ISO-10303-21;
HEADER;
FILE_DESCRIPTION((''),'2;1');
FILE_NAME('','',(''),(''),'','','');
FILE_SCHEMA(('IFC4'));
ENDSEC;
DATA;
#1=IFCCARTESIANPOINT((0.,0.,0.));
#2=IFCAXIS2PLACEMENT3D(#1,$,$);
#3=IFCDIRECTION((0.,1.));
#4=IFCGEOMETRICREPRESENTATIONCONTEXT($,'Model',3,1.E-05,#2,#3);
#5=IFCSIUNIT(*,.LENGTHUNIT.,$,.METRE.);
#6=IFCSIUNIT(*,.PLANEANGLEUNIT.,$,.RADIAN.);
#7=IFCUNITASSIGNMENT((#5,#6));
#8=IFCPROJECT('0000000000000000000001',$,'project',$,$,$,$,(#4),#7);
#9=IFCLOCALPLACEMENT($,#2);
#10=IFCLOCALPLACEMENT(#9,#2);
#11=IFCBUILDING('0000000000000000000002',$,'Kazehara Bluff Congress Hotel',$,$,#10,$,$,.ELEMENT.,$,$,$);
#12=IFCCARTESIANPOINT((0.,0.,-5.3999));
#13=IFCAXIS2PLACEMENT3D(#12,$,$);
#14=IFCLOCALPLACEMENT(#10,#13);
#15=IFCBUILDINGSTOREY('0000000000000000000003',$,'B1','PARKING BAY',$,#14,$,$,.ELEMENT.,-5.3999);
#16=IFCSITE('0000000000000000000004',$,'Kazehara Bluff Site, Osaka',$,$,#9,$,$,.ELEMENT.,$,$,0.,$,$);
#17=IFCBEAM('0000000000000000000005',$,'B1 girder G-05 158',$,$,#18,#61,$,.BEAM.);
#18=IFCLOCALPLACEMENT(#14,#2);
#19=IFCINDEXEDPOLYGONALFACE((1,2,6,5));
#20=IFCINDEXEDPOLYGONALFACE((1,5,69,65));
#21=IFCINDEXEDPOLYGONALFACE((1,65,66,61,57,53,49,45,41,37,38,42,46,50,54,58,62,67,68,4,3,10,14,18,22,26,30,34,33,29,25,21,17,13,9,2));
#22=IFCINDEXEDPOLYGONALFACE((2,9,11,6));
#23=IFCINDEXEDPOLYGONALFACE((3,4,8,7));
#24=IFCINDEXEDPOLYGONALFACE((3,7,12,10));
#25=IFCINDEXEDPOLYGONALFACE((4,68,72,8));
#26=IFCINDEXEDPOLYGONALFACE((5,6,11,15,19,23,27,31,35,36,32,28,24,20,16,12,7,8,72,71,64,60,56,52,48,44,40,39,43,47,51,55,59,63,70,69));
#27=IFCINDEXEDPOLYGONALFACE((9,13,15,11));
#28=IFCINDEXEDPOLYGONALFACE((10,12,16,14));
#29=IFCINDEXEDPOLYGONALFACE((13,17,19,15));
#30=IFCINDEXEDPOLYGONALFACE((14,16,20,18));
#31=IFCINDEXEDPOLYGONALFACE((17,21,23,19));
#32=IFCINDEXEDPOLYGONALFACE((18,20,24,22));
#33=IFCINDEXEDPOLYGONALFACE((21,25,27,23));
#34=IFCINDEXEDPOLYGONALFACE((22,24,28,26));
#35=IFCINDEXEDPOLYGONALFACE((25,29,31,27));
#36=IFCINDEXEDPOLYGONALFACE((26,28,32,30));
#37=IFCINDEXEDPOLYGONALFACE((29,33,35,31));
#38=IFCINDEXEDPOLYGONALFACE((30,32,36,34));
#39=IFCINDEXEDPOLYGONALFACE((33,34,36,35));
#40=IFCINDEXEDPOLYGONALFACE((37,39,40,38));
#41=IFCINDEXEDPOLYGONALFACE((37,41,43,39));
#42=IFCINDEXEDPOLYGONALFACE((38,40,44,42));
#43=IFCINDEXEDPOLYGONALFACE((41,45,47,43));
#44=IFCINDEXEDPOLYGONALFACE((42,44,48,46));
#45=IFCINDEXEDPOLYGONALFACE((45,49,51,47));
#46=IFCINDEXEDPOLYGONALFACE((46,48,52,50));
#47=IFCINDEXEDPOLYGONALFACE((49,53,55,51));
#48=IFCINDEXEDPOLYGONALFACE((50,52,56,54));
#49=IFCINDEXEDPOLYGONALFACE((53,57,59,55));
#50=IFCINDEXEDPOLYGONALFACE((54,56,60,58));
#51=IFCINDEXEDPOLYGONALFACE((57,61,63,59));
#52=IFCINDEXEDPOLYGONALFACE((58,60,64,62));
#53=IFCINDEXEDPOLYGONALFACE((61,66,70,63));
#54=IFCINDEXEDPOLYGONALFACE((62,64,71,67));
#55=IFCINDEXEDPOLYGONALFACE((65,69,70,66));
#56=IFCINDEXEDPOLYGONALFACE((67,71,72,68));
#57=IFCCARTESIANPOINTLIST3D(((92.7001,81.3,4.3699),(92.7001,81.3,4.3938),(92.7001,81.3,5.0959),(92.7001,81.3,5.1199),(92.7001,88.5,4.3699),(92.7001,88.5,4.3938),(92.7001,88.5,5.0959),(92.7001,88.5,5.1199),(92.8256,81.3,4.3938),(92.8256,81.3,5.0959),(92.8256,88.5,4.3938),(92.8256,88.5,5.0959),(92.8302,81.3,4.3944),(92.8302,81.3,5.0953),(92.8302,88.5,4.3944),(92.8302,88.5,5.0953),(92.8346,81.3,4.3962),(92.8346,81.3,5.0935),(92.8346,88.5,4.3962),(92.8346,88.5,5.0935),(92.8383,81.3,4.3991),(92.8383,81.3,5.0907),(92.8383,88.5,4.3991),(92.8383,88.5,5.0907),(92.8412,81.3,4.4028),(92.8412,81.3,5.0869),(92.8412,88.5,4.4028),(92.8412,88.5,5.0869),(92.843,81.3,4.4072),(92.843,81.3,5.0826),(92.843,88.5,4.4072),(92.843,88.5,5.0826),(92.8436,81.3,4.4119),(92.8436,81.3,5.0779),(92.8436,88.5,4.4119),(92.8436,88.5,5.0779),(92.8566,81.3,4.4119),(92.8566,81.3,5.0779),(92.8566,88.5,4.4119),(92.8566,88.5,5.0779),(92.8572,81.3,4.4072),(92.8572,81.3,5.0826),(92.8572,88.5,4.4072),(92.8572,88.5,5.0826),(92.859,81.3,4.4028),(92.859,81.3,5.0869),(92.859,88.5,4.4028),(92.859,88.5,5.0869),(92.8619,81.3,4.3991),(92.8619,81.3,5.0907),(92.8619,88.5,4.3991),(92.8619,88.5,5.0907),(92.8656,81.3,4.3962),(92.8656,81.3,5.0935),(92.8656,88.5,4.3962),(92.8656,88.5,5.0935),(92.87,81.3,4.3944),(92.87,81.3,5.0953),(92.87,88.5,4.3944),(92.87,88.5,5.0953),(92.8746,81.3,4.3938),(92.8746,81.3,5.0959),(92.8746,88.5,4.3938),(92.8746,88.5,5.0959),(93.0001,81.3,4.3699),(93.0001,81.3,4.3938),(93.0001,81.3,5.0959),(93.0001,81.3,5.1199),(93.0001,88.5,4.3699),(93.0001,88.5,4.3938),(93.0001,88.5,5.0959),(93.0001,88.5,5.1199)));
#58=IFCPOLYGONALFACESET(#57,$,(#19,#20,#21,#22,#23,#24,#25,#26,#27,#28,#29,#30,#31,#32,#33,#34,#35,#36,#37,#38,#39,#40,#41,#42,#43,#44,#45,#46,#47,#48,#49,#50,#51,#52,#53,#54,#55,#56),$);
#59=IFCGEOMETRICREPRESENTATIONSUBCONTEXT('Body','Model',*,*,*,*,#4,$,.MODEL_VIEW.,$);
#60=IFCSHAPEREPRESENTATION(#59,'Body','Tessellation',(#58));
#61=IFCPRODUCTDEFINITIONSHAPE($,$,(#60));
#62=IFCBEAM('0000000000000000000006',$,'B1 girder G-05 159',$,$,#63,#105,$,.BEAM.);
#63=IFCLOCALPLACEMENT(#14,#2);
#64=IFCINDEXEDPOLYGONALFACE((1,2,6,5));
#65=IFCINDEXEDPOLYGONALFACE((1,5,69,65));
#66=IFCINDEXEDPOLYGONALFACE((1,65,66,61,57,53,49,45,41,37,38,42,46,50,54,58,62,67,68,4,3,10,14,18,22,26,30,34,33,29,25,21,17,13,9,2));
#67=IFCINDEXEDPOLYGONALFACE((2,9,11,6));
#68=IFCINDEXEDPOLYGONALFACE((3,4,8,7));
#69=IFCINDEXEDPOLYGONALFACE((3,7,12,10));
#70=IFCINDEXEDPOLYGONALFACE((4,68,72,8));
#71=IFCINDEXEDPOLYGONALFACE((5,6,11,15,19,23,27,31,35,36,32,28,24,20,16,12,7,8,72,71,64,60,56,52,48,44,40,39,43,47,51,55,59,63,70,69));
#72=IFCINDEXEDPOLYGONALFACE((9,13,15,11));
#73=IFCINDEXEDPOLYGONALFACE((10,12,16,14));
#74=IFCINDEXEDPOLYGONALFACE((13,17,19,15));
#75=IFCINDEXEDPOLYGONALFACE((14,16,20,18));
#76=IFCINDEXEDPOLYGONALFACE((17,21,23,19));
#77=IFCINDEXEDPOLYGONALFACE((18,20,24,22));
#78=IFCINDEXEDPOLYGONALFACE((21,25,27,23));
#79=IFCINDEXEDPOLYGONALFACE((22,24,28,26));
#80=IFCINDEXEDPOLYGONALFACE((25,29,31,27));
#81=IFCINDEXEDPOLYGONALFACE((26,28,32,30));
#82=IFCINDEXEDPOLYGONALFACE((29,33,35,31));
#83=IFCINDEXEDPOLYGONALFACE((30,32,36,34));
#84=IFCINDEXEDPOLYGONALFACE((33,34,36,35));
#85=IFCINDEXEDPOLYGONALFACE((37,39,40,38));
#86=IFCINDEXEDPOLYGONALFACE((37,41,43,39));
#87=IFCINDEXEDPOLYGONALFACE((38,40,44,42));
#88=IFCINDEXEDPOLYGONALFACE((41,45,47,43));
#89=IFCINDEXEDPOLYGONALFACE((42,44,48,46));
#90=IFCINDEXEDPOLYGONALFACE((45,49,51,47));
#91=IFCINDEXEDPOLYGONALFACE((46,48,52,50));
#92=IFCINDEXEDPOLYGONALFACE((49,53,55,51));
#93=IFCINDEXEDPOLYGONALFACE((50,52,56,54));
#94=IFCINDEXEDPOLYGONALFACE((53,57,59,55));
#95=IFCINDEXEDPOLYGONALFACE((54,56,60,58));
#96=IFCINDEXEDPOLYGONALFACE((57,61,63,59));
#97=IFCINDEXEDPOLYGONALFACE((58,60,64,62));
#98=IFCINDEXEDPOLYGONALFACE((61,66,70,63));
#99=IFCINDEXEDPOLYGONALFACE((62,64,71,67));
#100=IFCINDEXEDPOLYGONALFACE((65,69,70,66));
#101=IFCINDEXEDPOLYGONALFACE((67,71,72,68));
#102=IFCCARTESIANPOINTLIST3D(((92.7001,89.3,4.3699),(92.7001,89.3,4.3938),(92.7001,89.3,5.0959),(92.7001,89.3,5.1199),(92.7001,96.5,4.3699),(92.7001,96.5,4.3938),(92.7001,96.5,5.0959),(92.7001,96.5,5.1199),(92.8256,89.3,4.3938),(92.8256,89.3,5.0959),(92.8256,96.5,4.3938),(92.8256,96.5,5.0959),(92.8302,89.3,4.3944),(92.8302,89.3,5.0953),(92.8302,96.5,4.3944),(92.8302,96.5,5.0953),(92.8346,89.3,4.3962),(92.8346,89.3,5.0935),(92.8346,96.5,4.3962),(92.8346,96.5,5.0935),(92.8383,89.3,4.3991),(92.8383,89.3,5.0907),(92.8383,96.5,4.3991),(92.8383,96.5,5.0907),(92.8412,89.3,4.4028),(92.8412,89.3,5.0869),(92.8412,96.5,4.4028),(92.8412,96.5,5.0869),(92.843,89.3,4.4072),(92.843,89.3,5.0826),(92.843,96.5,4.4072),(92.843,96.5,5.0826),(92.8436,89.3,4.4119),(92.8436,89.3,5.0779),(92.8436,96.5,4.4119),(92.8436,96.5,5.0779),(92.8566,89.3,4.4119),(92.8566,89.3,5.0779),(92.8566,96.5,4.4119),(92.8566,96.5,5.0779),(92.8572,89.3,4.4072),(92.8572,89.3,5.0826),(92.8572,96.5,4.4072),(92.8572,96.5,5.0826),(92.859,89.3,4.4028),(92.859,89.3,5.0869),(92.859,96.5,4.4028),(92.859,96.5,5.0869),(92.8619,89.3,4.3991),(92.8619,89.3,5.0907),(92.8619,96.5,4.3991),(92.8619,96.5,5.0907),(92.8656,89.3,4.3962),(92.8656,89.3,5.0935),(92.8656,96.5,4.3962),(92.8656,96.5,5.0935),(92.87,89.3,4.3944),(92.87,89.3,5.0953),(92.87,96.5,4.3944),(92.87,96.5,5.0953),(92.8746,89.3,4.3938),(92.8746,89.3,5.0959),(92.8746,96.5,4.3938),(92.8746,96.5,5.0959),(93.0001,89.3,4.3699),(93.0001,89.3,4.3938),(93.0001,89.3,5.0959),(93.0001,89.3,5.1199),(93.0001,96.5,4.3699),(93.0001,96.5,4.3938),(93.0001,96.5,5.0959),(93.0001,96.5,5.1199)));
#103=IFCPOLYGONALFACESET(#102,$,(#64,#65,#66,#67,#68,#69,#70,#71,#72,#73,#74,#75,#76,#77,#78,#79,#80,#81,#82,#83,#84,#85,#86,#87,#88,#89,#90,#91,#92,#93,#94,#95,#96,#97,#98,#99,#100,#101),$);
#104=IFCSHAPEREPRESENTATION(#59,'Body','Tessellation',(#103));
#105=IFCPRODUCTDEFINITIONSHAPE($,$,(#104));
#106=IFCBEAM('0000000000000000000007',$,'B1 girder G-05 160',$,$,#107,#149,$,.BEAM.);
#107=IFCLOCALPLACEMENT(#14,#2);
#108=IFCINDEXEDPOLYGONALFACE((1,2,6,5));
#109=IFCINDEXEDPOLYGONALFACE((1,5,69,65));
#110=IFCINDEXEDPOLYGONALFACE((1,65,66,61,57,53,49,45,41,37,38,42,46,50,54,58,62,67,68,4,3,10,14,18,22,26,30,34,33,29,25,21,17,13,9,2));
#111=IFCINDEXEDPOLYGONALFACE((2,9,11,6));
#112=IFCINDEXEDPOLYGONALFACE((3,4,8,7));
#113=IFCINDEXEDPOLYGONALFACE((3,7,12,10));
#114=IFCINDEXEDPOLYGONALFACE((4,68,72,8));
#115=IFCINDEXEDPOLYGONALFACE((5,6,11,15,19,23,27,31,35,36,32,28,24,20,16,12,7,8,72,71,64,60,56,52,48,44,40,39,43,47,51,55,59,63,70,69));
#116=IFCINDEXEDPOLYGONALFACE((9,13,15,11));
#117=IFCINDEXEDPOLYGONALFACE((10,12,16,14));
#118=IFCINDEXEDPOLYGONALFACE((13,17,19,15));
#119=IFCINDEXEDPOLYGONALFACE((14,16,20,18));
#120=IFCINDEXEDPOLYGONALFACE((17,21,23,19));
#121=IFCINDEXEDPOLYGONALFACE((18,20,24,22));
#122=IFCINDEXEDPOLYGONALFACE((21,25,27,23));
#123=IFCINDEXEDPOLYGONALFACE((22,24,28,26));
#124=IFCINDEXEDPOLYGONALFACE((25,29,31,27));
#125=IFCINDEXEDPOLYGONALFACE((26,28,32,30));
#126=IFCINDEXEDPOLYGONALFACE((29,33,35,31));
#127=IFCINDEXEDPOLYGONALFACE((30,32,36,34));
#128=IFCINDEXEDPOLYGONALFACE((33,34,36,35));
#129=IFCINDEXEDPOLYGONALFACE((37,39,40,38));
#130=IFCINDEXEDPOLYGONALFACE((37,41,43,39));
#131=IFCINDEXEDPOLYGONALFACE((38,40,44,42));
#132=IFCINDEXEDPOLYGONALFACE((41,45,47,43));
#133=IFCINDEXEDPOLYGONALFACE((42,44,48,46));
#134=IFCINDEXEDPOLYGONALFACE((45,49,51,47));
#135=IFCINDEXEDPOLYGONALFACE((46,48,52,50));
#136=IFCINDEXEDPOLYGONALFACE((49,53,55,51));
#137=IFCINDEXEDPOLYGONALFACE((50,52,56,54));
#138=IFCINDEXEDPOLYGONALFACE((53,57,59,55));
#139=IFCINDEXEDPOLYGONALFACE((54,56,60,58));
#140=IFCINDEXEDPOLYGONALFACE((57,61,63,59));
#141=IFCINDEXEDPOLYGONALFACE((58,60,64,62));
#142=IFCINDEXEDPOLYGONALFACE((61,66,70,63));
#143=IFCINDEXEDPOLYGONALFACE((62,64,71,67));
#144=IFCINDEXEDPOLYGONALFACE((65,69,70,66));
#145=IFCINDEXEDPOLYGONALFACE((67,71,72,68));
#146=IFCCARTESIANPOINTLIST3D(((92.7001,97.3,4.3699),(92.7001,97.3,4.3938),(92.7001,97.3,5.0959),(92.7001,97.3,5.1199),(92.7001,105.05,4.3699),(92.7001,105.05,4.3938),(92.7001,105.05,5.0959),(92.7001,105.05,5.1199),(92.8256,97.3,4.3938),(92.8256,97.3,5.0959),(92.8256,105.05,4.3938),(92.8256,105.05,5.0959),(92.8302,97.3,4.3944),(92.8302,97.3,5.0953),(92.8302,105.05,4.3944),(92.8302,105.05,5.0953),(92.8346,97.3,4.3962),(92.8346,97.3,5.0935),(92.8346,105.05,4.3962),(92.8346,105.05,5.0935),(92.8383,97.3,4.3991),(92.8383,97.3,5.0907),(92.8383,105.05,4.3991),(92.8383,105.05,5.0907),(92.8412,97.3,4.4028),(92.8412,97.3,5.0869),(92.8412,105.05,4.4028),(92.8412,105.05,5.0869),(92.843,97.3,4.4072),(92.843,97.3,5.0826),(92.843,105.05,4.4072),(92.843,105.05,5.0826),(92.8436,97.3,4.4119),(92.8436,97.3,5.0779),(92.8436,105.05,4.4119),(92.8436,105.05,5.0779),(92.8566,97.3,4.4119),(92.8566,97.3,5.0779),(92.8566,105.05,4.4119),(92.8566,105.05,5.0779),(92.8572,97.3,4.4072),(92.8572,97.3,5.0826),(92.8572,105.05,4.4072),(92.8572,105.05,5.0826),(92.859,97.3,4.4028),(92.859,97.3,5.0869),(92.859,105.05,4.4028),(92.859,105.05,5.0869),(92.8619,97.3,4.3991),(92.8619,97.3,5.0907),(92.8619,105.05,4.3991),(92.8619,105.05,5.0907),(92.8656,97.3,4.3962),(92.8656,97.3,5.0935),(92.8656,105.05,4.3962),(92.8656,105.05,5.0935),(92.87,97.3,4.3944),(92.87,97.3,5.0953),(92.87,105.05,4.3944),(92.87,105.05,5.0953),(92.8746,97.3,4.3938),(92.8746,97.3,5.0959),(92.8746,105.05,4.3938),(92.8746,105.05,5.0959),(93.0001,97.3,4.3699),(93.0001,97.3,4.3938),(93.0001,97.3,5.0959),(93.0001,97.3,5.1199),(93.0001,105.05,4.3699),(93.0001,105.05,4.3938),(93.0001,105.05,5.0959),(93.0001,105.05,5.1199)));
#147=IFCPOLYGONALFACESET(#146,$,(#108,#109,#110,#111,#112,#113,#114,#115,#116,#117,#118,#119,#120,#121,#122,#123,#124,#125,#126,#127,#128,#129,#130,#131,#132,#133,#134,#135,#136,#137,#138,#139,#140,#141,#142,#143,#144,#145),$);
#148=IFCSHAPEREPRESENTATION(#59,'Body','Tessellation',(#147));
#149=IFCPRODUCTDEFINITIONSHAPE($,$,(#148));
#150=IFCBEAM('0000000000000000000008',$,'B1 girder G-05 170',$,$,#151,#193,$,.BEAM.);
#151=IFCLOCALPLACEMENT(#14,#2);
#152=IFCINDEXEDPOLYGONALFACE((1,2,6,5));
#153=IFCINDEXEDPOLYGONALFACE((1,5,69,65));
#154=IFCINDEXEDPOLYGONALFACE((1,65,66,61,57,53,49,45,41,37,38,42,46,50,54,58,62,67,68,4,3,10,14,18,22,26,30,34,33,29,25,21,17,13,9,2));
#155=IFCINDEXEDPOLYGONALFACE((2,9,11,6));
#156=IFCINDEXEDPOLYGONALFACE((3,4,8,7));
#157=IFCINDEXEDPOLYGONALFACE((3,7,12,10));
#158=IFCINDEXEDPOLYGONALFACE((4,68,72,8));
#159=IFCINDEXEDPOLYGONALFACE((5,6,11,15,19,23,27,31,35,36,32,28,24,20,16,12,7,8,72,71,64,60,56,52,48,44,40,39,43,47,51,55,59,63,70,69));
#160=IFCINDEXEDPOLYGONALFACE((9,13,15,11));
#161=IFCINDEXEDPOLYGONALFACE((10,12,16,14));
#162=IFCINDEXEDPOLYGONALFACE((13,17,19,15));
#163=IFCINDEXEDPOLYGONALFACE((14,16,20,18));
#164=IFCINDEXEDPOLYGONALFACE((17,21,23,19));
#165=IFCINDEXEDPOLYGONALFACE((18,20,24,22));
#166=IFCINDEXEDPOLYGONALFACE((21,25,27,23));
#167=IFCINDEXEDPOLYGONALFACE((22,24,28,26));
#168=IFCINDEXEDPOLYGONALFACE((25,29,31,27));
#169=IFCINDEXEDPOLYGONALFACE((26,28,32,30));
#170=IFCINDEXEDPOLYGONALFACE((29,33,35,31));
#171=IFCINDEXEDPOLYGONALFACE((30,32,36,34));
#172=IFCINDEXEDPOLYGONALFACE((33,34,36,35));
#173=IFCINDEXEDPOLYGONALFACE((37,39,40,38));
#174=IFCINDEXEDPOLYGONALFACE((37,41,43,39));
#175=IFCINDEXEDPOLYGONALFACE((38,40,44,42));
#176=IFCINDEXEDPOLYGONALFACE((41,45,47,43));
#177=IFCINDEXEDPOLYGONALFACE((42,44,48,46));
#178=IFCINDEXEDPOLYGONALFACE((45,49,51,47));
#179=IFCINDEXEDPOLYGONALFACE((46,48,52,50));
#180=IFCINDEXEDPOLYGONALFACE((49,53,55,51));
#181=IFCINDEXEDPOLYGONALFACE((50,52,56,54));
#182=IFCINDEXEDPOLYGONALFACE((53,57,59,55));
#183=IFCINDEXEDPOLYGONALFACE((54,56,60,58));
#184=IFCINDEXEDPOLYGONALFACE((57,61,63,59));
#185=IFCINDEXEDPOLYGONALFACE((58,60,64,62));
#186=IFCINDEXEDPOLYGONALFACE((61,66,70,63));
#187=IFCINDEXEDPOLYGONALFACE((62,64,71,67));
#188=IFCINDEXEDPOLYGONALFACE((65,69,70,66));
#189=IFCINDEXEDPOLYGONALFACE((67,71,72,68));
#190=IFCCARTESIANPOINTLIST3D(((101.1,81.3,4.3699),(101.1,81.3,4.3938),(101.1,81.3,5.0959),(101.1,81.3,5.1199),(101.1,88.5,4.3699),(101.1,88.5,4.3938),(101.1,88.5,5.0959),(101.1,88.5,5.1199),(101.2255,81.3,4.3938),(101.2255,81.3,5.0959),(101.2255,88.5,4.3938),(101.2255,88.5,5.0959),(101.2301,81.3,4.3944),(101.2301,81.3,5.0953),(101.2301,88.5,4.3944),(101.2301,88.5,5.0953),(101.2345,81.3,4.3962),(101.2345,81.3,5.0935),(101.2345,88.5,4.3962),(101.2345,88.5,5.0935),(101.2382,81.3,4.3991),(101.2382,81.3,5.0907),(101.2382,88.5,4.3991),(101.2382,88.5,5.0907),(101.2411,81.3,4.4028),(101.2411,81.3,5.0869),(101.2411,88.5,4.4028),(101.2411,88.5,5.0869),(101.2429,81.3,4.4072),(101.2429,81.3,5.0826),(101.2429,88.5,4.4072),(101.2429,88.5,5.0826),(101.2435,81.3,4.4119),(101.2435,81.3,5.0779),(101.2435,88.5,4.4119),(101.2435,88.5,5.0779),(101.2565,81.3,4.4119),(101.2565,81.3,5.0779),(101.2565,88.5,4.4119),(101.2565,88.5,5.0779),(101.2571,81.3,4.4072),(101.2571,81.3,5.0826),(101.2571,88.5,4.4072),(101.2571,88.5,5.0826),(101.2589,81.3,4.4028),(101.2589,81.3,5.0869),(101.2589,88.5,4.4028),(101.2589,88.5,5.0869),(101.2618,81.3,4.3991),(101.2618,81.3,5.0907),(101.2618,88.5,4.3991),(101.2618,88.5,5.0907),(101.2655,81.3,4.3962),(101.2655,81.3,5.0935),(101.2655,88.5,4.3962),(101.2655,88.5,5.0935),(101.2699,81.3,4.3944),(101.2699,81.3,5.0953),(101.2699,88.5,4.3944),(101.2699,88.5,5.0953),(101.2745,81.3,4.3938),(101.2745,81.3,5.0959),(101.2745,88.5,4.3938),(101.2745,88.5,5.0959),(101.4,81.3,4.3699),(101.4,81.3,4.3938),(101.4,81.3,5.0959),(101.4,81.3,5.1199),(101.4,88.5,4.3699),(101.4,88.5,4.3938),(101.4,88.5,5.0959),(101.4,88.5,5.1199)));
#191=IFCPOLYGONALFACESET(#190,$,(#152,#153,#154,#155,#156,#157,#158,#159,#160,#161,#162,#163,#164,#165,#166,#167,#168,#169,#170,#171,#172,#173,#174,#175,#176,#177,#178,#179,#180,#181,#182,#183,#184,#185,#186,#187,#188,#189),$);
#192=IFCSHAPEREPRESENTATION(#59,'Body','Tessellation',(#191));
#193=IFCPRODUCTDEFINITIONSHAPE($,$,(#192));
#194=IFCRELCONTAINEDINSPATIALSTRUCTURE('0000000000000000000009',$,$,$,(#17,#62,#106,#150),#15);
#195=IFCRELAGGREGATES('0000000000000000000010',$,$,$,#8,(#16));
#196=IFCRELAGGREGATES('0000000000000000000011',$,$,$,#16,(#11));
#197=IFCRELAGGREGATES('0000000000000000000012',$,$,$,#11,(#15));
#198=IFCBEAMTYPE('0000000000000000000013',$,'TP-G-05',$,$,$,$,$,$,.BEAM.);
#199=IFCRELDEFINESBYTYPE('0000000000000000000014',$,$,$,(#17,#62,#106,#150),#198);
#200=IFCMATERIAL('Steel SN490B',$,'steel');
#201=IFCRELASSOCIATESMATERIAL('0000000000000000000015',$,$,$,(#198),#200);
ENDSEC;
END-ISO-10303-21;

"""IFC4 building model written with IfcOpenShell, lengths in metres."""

from ifc_helpers import new_model, si_unit, direction, frame, origin, origin_2d, place, context, subcontext, project, spatial, i_section, extrude, material, material_profile, profile_set, type_object, element, save


model = new_model("IFC4")

# Units and contexts
model_context = context("Model", 3, precision=1e-05, world=origin(), true_north=direction((0.0, 1.0)))
body_context = subcontext(model_context, "Body", "Model", "MODEL_VIEW")
ifc_project = project(units=[si_unit("LENGTHUNIT", "METRE"), si_unit("PLANEANGLEUNIT", "RADIAN")], contexts=[model_context])

# Site, building, storey
site_placement = place(None, origin())
site = spatial("IfcSite", under=ifc_project, at=site_placement, Name="Kazehara Bluff Site, Osaka", CompositionType="ELEMENT", RefElevation=0.0)
building_placement = place(site_placement, origin())
building = spatial("IfcBuilding", under=site, at=building_placement, Name="Kazehara Bluff Congress Hotel", CompositionType="ELEMENT")
storey_placement = place(building_placement, frame((0.0, 0.0, -5.3999)))
storey = spatial("IfcBuildingStorey", under=building, at=storey_placement, Name="B1", Description="PARKING BAY", CompositionType="ELEMENT", Elevation=-5.3999)

# Beams
ifc_material_1 = material(Name="Steel SN490B", Category="steel")
ifc_material_profile_1 = material_profile(ifc_material_1, i_section(OverallWidth=0.3, OverallDepth=0.75, WebThickness=0.0129, FlangeThickness=0.0239, FilletRadius=0.0181, at=origin_2d()))
ifc_profile_set_1 = profile_set([ifc_material_profile_1], Name="Steel SN490B")
beam_type_1 = type_object("IfcBeamType", Name="TP-G-05", PredefinedType="BEAM", material=ifc_profile_set_1)
for number, where, z_axis, x_axis, name in (
    (1, (92.8501, 81.3, 4.7449), (0.0, 1.0, 0.0), (-1.0, 0.0, 0.0), "B1 girder G-05 158"),
    (2, (92.8501, 89.3, 4.7449), (0.0, 1.0, 0.0), (-1.0, 0.0, 0.0), "B1 girder G-05 159"),
):
    element("IfcBeam", number, at=place(storey_placement, frame(where, z_axis=z_axis, x_axis=x_axis)), inside=storey, type_object=beam_type_1, Name=name, PredefinedType="BEAM", context=body_context, shape_type="SweptSolid", body=[
        extrude(i_section(OverallWidth=0.3, OverallDepth=0.75, WebThickness=0.0129, FlangeThickness=0.0239, FilletRadius=0.0181, at=origin_2d()), origin(), (0.0, 0.0, 1.0), 7.2),
    ])
beam_1_placement = place(storey_placement, frame((92.8501, 97.3, 4.7449), z_axis=(0.0, 1.0, 0.0), x_axis=(-1.0, 0.0, 0.0)))
element("IfcBeam", 3, at=beam_1_placement, inside=storey, type_object=beam_type_1, Name="B1 girder G-05 160", PredefinedType="BEAM", context=body_context, shape_type="SweptSolid", body=[
    extrude(i_section(OverallWidth=0.3, OverallDepth=0.75, WebThickness=0.0129, FlangeThickness=0.0239, FilletRadius=0.0181, at=origin_2d()), origin(), (0.0, 0.0, 1.0), 7.75),
])
beam_2_placement = place(storey_placement, frame((101.25, 81.3, 4.7449), z_axis=(0.0, 1.0, 0.0), x_axis=(-1.0, 0.0, 0.0)))
element("IfcBeam", 4, at=beam_2_placement, inside=storey, type_object=beam_type_1, Name="B1 girder G-05 170", PredefinedType="BEAM", context=body_context, shape_type="SweptSolid", body=[
    extrude(i_section(OverallWidth=0.3, OverallDepth=0.75, WebThickness=0.0129, FlangeThickness=0.0239, FilletRadius=0.0181, at=origin_2d()), origin(), (0.0, 0.0, 1.0), 7.2),
])

save(model, "model.ifc")
